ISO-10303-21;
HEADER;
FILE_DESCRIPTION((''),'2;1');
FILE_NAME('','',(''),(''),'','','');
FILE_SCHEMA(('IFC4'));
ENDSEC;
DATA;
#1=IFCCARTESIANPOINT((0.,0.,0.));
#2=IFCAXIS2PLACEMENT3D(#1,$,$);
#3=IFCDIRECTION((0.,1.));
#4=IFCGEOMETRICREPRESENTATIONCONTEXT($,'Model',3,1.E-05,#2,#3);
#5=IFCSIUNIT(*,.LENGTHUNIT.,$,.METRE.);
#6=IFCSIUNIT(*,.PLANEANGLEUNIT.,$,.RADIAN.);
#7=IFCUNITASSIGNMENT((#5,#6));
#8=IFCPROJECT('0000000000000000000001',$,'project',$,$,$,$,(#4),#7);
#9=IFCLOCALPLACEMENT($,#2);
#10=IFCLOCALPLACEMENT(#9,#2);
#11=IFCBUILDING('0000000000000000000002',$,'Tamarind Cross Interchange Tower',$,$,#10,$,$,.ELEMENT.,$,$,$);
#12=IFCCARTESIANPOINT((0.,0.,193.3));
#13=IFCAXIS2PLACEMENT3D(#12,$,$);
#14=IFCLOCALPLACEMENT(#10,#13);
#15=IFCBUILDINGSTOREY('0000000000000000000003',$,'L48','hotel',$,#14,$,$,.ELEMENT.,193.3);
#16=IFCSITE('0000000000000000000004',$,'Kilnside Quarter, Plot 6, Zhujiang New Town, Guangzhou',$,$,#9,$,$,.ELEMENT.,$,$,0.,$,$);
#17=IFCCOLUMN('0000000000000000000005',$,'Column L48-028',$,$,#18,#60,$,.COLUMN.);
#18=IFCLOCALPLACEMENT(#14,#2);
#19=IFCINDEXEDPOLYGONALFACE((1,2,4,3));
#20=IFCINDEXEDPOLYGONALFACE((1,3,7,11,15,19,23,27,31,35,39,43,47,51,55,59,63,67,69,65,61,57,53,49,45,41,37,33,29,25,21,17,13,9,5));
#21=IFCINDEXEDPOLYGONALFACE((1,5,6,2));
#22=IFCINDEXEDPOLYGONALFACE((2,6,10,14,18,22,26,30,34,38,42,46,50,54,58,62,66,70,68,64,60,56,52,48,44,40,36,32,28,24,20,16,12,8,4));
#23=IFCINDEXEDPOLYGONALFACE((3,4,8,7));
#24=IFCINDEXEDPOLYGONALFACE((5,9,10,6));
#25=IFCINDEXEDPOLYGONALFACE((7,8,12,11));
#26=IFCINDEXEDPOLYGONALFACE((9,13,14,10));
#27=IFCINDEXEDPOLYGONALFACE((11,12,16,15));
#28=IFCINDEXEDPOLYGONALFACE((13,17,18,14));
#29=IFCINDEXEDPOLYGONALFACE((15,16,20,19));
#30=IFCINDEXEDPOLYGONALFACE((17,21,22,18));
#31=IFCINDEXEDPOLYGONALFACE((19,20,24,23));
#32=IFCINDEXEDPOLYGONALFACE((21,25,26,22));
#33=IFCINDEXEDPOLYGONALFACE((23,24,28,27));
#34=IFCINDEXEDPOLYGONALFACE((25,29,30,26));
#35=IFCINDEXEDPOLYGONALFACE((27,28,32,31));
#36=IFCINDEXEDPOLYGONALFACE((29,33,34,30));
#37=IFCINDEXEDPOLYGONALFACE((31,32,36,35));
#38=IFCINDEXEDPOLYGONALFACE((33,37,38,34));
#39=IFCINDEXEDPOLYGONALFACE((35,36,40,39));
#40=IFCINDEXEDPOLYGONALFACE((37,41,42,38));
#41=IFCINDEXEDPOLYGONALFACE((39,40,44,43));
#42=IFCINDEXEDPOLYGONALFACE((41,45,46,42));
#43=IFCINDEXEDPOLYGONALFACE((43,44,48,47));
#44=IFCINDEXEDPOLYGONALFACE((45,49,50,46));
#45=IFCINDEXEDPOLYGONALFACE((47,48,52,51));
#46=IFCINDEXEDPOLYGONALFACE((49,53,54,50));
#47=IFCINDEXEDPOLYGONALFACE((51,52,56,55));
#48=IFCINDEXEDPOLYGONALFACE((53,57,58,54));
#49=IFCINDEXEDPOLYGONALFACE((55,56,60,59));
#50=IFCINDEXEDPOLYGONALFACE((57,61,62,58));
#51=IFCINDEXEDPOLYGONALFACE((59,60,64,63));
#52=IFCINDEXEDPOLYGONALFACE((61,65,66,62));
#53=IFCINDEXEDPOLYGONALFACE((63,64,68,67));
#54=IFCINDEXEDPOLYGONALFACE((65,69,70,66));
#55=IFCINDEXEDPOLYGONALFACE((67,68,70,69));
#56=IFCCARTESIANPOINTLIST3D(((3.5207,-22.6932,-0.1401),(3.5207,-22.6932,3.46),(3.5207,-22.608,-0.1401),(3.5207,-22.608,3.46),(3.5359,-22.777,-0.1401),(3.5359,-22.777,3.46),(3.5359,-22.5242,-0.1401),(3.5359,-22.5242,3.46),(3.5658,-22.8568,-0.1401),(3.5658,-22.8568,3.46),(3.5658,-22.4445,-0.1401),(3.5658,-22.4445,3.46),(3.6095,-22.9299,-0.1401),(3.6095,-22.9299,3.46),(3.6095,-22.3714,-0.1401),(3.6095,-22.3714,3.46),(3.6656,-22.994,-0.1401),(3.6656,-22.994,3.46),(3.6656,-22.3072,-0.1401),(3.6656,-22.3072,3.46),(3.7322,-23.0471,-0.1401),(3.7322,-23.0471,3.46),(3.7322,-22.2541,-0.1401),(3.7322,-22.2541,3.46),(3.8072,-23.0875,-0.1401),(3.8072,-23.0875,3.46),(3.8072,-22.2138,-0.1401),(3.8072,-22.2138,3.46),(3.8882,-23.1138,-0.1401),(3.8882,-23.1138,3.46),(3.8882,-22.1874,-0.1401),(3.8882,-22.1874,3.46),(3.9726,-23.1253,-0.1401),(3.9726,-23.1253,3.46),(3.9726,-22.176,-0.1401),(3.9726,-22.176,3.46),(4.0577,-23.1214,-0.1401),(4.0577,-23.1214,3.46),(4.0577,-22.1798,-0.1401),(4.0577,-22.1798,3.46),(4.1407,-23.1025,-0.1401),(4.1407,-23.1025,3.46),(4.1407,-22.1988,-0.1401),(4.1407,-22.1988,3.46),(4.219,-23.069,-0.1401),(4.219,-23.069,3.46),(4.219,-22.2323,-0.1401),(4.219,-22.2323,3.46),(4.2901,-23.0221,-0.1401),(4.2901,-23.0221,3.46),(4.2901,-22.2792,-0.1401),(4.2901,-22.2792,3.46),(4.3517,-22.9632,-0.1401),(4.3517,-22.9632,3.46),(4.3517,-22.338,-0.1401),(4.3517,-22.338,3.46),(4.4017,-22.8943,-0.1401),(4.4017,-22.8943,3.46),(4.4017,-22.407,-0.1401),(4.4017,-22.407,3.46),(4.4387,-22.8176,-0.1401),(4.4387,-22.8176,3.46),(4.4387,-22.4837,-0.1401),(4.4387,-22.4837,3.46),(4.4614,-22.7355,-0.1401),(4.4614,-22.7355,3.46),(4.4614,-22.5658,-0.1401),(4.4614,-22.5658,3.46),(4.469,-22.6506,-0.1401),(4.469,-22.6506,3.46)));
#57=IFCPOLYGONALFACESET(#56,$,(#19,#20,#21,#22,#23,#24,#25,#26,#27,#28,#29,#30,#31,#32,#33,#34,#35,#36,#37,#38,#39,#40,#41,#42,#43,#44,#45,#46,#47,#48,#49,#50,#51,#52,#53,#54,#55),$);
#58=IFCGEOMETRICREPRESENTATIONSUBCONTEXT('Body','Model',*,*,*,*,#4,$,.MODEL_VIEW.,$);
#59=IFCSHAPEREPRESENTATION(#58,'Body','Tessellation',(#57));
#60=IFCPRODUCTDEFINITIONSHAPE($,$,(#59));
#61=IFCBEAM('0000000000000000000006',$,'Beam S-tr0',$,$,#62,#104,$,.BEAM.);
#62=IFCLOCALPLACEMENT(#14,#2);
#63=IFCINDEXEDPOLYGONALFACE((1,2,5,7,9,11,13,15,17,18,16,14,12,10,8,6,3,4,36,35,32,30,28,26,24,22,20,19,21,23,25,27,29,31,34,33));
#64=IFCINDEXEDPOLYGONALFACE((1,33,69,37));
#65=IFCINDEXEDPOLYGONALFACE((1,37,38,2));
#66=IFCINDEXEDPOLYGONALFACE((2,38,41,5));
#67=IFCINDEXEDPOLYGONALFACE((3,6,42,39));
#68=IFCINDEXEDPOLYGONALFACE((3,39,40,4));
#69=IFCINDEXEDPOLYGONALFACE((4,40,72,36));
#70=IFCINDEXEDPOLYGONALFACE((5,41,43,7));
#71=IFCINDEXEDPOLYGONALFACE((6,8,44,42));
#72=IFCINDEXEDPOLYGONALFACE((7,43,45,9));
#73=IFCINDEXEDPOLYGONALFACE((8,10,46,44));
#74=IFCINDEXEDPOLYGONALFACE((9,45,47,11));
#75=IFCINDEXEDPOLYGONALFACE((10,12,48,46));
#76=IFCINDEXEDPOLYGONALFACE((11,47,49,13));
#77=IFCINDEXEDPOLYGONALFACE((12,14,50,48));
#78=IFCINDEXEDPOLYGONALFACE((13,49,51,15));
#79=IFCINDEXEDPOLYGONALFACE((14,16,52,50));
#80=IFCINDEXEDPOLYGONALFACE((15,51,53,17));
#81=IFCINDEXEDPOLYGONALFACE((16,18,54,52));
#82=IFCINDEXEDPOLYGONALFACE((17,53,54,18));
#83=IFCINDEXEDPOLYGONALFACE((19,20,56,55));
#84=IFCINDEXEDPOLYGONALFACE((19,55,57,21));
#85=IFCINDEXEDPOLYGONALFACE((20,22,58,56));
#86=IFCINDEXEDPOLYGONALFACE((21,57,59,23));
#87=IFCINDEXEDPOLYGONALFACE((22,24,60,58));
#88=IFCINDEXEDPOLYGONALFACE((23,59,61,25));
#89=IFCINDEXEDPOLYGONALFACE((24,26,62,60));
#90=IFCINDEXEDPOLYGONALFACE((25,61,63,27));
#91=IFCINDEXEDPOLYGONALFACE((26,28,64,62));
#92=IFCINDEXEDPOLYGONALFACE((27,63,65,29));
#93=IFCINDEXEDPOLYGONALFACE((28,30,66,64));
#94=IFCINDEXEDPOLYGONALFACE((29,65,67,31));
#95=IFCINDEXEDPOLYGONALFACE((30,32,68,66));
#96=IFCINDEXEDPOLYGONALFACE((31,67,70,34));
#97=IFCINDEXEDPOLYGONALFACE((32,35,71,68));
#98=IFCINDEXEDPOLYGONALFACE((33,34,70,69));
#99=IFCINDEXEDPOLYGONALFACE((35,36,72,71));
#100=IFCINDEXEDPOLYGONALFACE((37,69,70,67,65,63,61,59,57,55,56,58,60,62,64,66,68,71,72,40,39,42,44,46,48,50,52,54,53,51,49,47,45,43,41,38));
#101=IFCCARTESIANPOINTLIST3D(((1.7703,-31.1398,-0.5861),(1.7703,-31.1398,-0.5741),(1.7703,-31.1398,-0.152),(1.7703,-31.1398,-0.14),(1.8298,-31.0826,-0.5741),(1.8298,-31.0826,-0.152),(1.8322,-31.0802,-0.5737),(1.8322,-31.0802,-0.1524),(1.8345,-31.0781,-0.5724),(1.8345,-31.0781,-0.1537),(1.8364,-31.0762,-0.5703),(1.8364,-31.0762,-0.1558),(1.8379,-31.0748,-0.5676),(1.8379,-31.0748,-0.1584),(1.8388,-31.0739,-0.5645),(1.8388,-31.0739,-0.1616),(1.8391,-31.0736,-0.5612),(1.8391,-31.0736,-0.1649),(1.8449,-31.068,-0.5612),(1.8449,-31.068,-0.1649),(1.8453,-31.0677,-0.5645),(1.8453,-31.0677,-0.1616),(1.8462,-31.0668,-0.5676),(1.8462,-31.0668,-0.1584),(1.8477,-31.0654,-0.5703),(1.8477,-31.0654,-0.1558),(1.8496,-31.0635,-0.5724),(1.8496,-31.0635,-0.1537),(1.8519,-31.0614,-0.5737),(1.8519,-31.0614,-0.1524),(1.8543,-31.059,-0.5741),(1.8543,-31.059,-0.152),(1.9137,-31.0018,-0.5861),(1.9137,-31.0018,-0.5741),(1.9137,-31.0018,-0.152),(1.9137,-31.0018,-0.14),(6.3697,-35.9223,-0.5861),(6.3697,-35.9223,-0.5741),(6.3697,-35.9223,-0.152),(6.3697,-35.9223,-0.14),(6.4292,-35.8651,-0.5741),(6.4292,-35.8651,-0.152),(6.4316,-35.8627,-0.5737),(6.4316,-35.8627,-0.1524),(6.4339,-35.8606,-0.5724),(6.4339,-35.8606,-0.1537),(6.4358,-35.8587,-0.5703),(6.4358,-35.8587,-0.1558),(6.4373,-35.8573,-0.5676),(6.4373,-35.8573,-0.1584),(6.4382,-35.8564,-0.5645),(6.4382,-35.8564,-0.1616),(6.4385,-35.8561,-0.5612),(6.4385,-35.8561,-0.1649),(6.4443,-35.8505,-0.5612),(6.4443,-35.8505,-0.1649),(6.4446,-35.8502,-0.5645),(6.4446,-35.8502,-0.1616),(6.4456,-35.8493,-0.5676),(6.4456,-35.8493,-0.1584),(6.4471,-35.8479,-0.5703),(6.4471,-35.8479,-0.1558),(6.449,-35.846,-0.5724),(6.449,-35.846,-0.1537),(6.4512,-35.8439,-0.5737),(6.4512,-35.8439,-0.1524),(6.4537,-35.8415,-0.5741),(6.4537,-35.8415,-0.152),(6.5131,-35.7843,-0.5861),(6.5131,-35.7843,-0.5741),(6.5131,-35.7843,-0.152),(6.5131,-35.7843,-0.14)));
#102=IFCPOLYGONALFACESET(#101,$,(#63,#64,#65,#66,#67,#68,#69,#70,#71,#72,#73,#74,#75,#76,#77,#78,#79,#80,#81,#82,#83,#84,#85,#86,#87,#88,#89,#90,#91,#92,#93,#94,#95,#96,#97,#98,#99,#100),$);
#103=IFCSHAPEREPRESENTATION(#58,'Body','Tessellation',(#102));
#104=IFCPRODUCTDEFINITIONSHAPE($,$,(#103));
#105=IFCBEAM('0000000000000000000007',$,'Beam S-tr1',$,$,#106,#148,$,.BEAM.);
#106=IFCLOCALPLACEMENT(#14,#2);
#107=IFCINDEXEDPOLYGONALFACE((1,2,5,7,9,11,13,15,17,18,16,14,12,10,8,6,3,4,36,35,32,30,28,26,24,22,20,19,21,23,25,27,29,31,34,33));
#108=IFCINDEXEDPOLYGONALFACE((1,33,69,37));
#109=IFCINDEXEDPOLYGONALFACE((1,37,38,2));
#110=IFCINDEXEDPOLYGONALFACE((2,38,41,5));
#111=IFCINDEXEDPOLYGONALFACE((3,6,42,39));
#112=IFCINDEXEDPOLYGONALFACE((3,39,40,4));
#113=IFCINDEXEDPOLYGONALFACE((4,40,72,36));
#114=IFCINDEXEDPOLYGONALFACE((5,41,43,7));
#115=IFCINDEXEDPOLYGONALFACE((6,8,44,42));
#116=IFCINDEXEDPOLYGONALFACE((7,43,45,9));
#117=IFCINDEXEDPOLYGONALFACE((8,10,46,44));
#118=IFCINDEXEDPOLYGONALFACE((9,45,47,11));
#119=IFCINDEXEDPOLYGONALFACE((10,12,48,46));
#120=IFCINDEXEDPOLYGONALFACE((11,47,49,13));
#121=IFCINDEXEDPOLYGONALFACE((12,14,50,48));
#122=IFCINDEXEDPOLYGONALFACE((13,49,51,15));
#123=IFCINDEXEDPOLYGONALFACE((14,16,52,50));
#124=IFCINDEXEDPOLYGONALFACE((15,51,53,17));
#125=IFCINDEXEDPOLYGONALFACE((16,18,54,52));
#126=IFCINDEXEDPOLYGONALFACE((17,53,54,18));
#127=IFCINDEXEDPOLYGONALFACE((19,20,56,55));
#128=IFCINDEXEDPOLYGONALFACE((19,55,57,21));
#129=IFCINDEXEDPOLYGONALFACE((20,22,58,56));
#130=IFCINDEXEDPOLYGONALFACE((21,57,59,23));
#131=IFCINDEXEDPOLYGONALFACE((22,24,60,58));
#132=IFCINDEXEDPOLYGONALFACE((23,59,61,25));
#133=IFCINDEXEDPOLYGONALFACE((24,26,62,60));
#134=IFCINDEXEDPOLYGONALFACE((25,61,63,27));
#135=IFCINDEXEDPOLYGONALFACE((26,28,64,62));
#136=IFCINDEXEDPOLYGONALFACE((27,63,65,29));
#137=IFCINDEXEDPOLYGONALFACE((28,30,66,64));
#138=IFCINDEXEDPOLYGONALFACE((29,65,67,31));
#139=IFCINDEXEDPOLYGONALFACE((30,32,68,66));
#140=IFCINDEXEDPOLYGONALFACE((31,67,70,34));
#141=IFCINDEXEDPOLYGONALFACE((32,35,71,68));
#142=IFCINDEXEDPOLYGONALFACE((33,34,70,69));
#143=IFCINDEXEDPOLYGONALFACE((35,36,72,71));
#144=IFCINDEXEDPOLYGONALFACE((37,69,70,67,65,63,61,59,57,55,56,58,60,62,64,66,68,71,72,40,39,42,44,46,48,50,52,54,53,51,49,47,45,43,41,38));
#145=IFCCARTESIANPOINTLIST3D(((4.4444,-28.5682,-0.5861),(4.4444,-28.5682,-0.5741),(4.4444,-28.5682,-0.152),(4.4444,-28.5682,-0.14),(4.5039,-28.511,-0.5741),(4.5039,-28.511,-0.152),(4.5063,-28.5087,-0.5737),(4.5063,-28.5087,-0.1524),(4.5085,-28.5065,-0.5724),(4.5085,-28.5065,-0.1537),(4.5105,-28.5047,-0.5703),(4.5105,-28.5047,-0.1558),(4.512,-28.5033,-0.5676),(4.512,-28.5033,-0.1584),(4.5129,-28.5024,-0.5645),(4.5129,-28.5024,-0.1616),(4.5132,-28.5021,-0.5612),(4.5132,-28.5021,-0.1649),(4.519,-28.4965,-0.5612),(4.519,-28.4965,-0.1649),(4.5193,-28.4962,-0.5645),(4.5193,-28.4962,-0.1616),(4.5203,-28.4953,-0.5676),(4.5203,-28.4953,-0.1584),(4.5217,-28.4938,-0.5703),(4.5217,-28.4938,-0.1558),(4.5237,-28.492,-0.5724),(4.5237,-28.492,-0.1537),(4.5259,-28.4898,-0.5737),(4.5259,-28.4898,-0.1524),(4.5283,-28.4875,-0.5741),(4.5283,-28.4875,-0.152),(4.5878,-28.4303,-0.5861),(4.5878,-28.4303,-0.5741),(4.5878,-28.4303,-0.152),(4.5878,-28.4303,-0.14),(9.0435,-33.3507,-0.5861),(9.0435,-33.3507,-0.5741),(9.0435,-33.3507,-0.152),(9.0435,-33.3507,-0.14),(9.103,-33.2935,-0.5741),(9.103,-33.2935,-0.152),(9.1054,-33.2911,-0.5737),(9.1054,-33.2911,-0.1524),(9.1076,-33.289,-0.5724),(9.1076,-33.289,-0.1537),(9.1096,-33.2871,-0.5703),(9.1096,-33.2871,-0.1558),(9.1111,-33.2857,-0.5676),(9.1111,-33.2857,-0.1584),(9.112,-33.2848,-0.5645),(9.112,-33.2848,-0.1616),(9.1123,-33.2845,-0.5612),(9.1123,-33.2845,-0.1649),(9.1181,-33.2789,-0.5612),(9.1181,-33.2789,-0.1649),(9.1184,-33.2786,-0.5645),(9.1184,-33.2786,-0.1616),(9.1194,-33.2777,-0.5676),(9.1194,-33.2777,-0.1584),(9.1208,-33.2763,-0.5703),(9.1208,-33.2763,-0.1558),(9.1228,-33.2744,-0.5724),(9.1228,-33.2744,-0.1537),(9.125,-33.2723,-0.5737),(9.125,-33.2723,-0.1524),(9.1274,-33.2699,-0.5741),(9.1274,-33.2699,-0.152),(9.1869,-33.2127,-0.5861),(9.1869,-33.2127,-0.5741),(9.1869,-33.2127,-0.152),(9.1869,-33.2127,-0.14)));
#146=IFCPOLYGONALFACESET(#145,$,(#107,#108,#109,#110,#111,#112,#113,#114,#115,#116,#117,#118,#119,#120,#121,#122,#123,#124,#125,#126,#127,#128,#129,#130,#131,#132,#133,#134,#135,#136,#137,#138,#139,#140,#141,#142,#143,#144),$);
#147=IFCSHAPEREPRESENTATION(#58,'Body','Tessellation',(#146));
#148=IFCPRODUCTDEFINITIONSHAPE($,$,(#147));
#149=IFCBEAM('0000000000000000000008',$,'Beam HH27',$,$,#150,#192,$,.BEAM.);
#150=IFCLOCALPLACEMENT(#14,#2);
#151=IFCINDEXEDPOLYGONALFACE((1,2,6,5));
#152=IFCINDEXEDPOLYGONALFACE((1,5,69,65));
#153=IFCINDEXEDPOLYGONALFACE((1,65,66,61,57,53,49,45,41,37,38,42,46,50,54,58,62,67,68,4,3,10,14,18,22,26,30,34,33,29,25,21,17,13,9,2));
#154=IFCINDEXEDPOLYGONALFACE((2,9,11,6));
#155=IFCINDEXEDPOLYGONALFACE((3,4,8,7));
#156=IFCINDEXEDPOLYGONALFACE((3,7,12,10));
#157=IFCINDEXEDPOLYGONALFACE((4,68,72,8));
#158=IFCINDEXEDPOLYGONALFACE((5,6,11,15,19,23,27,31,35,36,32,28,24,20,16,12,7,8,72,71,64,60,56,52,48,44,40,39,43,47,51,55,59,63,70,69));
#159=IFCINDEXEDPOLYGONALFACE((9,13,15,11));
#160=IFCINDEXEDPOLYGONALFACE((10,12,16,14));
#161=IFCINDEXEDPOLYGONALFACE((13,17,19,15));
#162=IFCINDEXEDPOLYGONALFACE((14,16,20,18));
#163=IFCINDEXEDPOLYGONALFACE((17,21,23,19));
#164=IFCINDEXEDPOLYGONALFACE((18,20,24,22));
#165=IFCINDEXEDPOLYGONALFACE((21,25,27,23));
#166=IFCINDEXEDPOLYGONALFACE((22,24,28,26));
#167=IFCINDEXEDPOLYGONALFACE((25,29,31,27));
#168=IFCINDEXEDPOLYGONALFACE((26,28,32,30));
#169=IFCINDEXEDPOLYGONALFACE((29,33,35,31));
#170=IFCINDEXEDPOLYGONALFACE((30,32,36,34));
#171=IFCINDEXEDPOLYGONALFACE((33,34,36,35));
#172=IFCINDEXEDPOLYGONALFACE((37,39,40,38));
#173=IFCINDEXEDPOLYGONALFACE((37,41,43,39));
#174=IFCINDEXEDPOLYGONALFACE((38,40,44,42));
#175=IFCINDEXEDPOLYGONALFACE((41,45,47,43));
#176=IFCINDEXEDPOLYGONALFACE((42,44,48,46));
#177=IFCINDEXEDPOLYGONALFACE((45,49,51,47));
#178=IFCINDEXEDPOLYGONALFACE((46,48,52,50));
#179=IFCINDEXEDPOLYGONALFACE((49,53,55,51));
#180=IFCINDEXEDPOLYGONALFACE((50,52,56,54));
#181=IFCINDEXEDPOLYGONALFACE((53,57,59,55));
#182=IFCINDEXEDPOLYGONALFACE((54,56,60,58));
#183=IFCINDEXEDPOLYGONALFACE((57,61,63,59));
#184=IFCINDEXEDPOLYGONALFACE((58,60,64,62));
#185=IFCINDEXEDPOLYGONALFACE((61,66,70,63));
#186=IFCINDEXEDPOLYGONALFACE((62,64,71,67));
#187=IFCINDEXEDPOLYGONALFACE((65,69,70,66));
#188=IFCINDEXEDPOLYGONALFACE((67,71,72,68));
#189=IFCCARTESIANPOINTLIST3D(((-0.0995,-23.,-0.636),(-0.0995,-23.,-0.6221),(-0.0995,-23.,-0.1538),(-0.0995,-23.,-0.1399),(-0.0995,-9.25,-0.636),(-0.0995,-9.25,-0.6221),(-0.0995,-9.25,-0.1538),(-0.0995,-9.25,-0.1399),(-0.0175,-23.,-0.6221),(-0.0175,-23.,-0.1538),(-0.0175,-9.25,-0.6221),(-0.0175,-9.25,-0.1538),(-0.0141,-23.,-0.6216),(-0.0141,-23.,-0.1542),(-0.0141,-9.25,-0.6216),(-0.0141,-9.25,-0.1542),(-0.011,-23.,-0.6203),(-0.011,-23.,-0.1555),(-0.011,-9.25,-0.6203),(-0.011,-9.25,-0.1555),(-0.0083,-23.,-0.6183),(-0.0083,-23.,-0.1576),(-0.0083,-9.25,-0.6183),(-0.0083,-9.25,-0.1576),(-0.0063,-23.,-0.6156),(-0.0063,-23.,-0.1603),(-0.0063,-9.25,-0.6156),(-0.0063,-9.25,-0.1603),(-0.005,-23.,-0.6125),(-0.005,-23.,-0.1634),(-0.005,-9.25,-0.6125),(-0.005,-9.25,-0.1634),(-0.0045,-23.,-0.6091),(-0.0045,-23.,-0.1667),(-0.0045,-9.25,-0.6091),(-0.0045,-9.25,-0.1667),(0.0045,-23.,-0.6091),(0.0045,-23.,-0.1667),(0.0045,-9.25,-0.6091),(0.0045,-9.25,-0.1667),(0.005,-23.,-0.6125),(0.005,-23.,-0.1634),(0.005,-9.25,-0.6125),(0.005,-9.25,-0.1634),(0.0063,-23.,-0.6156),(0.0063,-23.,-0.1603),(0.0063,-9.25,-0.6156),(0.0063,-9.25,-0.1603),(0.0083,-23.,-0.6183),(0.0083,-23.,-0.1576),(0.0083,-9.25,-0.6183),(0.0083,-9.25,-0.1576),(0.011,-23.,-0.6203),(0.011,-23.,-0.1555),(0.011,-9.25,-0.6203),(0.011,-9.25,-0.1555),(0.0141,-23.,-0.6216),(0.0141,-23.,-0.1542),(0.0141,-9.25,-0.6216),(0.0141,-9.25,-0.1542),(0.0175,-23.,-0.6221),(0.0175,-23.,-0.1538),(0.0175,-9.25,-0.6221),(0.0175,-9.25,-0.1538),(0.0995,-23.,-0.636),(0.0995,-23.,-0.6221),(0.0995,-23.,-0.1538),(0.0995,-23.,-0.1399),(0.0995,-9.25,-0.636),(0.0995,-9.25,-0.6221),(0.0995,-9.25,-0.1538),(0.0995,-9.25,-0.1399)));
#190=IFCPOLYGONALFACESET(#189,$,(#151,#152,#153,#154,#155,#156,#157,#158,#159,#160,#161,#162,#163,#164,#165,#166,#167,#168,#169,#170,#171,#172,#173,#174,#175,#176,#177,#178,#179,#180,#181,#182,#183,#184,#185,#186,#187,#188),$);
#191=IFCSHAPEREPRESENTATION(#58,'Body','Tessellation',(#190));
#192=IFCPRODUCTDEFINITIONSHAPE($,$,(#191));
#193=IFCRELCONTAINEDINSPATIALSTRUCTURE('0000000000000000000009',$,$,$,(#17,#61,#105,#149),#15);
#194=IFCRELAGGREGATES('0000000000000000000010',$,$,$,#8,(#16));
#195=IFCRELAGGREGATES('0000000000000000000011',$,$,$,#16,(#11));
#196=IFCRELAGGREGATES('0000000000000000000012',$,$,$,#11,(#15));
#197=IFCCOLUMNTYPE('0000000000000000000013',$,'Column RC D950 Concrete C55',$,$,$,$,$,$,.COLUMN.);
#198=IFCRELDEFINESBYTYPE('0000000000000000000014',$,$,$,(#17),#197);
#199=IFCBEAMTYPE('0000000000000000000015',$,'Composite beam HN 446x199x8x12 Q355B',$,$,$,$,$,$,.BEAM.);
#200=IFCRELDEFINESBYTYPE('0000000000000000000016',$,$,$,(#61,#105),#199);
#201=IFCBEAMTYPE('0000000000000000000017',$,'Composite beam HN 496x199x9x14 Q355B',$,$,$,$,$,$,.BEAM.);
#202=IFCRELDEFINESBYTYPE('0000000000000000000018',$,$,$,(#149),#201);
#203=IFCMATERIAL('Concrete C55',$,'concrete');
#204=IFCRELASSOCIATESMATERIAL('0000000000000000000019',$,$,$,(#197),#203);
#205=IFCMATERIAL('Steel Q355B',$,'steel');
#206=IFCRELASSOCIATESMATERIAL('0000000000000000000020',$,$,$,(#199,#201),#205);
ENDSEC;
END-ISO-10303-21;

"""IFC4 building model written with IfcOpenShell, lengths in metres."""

from ifc_helpers import new_model, si_unit, direction, frame, origin, origin_2d, place, context, subcontext, project, spatial, circle, i_section, extrude, material, material_profile, profile_set, type_object, element, save


model = new_model("IFC4")

# Units and contexts
model_context = context("Model", 3, precision=1e-05, world=origin(), true_north=direction((0.0, 1.0)))
body_context = subcontext(model_context, "Body", "Model", "MODEL_VIEW")
ifc_project = project(units=[si_unit("LENGTHUNIT", "METRE"), si_unit("PLANEANGLEUNIT", "RADIAN")], contexts=[model_context])

# Site, building, storey
site_placement = place(None, origin())
site = spatial("IfcSite", under=ifc_project, at=site_placement, Name="Kilnside Quarter, Plot 6, Zhujiang New Town, Guangzhou", CompositionType="ELEMENT", RefElevation=0.0)
building_placement = place(site_placement, origin())
building = spatial("IfcBuilding", under=site, at=building_placement, Name="Tamarind Cross Interchange Tower", CompositionType="ELEMENT")
storey_placement = place(building_placement, frame((0.0, 0.0, 193.3)))
storey = spatial("IfcBuildingStorey", under=building, at=storey_placement, Name="L48", Description="hotel", CompositionType="ELEMENT", Elevation=193.3)

# Column
ifc_material_1 = material(Name="Concrete C55", Category="concrete")
ifc_material_profile_1 = material_profile(ifc_material_1, circle(Radius=0.4751, at=origin_2d()), Name="RC D950")
ifc_profile_set_1 = profile_set([ifc_material_profile_1], Name="Concrete C55")
column_type = type_object("IfcColumnType", Name="Column RC D950 Concrete C55", PredefinedType="COLUMN", material=ifc_profile_set_1)
column_placement = place(storey_placement, frame((3.9939, -22.6506, -0.1401), z_axis=(0.0, 0.0, 1.0), x_axis=(1.0, 0.0, 0.0)))
element("IfcColumn", 1, at=column_placement, inside=storey, type_object=column_type, Name="Column L48-028", PredefinedType="COLUMN", context=body_context, shape_type="SweptSolid", body=[
    extrude(circle(Radius=0.4751, at=origin_2d()), origin(), (0.0, 0.0, 1.0), 3.6001),
])

# Beams
ifc_material_2 = material(Name="Steel Q355B", Category="steel")
ifc_material_profile_2 = material_profile(ifc_material_2, i_section(OverallWidth=0.199, OverallDepth=0.446, WebThickness=0.0081, FlangeThickness=0.012, FilletRadius=0.0129, at=origin_2d()), Name="HN 446x199x8x12")
ifc_profile_set_2 = profile_set([ifc_material_profile_2], Name="Steel Q355B")
beam_type_1 = type_object("IfcBeamType", Name="Composite beam HN 446x199x8x12 Q355B", PredefinedType="BEAM", material=ifc_profile_set_2)
beam_1_placement = place(storey_placement, frame((1.842, -31.0708, -0.363), z_axis=(0.693174, -0.72077, 0.0), x_axis=(0.72077, 0.693174, 0.0)))
element("IfcBeam", 2, at=beam_1_placement, inside=storey, type_object=beam_type_1, Name="Beam S-tr0", PredefinedType="BEAM", context=body_context, shape_type="SweptSolid", body=[
    extrude(i_section(OverallWidth=0.199, OverallDepth=0.446, WebThickness=0.0081, FlangeThickness=0.012, FilletRadius=0.0129, at=origin_2d()), origin(), (0.0, 0.0, 1.0), 6.6353),
])
beam_2_placement = place(storey_placement, frame((4.5161, -28.4993, -0.363), z_axis=(0.693155, -0.720789, 0.0), x_axis=(0.720789, 0.693155, 0.0)))
element("IfcBeam", 3, at=beam_2_placement, inside=storey, type_object=beam_type_1, Name="Beam S-tr1", PredefinedType="BEAM", context=body_context, shape_type="SweptSolid", body=[
    extrude(i_section(OverallWidth=0.199, OverallDepth=0.446, WebThickness=0.0081, FlangeThickness=0.012, FilletRadius=0.0129, at=origin_2d()), origin(), (0.0, 0.0, 1.0), 6.635),
])
ifc_material_profile_3 = material_profile(ifc_material_2, i_section(OverallWidth=0.199, OverallDepth=0.4961, WebThickness=0.009, FlangeThickness=0.0139, FilletRadius=0.0129, at=origin_2d()), Name="HN 496x199x9x14")
ifc_profile_set_3 = profile_set([ifc_material_profile_3], Name="Steel Q355B")
beam_type_2 = type_object("IfcBeamType", Name="Composite beam HN 496x199x9x14 Q355B", PredefinedType="BEAM", material=ifc_profile_set_3)
beam_3_placement = place(storey_placement, frame((0.0, -23.0, -0.3879), z_axis=(0.0, 1.0, 0.0), x_axis=(-1.0, 0.0, 0.0)))
element("IfcBeam", 4, at=beam_3_placement, inside=storey, type_object=beam_type_2, Name="Beam HH27", PredefinedType="BEAM", context=body_context, shape_type="SweptSolid", body=[
    extrude(i_section(OverallWidth=0.199, OverallDepth=0.4961, WebThickness=0.009, FlangeThickness=0.0139, FilletRadius=0.0129, at=origin_2d()), origin(), (0.0, 0.0, 1.0), 13.75),
])

save(model, "model.ifc")
